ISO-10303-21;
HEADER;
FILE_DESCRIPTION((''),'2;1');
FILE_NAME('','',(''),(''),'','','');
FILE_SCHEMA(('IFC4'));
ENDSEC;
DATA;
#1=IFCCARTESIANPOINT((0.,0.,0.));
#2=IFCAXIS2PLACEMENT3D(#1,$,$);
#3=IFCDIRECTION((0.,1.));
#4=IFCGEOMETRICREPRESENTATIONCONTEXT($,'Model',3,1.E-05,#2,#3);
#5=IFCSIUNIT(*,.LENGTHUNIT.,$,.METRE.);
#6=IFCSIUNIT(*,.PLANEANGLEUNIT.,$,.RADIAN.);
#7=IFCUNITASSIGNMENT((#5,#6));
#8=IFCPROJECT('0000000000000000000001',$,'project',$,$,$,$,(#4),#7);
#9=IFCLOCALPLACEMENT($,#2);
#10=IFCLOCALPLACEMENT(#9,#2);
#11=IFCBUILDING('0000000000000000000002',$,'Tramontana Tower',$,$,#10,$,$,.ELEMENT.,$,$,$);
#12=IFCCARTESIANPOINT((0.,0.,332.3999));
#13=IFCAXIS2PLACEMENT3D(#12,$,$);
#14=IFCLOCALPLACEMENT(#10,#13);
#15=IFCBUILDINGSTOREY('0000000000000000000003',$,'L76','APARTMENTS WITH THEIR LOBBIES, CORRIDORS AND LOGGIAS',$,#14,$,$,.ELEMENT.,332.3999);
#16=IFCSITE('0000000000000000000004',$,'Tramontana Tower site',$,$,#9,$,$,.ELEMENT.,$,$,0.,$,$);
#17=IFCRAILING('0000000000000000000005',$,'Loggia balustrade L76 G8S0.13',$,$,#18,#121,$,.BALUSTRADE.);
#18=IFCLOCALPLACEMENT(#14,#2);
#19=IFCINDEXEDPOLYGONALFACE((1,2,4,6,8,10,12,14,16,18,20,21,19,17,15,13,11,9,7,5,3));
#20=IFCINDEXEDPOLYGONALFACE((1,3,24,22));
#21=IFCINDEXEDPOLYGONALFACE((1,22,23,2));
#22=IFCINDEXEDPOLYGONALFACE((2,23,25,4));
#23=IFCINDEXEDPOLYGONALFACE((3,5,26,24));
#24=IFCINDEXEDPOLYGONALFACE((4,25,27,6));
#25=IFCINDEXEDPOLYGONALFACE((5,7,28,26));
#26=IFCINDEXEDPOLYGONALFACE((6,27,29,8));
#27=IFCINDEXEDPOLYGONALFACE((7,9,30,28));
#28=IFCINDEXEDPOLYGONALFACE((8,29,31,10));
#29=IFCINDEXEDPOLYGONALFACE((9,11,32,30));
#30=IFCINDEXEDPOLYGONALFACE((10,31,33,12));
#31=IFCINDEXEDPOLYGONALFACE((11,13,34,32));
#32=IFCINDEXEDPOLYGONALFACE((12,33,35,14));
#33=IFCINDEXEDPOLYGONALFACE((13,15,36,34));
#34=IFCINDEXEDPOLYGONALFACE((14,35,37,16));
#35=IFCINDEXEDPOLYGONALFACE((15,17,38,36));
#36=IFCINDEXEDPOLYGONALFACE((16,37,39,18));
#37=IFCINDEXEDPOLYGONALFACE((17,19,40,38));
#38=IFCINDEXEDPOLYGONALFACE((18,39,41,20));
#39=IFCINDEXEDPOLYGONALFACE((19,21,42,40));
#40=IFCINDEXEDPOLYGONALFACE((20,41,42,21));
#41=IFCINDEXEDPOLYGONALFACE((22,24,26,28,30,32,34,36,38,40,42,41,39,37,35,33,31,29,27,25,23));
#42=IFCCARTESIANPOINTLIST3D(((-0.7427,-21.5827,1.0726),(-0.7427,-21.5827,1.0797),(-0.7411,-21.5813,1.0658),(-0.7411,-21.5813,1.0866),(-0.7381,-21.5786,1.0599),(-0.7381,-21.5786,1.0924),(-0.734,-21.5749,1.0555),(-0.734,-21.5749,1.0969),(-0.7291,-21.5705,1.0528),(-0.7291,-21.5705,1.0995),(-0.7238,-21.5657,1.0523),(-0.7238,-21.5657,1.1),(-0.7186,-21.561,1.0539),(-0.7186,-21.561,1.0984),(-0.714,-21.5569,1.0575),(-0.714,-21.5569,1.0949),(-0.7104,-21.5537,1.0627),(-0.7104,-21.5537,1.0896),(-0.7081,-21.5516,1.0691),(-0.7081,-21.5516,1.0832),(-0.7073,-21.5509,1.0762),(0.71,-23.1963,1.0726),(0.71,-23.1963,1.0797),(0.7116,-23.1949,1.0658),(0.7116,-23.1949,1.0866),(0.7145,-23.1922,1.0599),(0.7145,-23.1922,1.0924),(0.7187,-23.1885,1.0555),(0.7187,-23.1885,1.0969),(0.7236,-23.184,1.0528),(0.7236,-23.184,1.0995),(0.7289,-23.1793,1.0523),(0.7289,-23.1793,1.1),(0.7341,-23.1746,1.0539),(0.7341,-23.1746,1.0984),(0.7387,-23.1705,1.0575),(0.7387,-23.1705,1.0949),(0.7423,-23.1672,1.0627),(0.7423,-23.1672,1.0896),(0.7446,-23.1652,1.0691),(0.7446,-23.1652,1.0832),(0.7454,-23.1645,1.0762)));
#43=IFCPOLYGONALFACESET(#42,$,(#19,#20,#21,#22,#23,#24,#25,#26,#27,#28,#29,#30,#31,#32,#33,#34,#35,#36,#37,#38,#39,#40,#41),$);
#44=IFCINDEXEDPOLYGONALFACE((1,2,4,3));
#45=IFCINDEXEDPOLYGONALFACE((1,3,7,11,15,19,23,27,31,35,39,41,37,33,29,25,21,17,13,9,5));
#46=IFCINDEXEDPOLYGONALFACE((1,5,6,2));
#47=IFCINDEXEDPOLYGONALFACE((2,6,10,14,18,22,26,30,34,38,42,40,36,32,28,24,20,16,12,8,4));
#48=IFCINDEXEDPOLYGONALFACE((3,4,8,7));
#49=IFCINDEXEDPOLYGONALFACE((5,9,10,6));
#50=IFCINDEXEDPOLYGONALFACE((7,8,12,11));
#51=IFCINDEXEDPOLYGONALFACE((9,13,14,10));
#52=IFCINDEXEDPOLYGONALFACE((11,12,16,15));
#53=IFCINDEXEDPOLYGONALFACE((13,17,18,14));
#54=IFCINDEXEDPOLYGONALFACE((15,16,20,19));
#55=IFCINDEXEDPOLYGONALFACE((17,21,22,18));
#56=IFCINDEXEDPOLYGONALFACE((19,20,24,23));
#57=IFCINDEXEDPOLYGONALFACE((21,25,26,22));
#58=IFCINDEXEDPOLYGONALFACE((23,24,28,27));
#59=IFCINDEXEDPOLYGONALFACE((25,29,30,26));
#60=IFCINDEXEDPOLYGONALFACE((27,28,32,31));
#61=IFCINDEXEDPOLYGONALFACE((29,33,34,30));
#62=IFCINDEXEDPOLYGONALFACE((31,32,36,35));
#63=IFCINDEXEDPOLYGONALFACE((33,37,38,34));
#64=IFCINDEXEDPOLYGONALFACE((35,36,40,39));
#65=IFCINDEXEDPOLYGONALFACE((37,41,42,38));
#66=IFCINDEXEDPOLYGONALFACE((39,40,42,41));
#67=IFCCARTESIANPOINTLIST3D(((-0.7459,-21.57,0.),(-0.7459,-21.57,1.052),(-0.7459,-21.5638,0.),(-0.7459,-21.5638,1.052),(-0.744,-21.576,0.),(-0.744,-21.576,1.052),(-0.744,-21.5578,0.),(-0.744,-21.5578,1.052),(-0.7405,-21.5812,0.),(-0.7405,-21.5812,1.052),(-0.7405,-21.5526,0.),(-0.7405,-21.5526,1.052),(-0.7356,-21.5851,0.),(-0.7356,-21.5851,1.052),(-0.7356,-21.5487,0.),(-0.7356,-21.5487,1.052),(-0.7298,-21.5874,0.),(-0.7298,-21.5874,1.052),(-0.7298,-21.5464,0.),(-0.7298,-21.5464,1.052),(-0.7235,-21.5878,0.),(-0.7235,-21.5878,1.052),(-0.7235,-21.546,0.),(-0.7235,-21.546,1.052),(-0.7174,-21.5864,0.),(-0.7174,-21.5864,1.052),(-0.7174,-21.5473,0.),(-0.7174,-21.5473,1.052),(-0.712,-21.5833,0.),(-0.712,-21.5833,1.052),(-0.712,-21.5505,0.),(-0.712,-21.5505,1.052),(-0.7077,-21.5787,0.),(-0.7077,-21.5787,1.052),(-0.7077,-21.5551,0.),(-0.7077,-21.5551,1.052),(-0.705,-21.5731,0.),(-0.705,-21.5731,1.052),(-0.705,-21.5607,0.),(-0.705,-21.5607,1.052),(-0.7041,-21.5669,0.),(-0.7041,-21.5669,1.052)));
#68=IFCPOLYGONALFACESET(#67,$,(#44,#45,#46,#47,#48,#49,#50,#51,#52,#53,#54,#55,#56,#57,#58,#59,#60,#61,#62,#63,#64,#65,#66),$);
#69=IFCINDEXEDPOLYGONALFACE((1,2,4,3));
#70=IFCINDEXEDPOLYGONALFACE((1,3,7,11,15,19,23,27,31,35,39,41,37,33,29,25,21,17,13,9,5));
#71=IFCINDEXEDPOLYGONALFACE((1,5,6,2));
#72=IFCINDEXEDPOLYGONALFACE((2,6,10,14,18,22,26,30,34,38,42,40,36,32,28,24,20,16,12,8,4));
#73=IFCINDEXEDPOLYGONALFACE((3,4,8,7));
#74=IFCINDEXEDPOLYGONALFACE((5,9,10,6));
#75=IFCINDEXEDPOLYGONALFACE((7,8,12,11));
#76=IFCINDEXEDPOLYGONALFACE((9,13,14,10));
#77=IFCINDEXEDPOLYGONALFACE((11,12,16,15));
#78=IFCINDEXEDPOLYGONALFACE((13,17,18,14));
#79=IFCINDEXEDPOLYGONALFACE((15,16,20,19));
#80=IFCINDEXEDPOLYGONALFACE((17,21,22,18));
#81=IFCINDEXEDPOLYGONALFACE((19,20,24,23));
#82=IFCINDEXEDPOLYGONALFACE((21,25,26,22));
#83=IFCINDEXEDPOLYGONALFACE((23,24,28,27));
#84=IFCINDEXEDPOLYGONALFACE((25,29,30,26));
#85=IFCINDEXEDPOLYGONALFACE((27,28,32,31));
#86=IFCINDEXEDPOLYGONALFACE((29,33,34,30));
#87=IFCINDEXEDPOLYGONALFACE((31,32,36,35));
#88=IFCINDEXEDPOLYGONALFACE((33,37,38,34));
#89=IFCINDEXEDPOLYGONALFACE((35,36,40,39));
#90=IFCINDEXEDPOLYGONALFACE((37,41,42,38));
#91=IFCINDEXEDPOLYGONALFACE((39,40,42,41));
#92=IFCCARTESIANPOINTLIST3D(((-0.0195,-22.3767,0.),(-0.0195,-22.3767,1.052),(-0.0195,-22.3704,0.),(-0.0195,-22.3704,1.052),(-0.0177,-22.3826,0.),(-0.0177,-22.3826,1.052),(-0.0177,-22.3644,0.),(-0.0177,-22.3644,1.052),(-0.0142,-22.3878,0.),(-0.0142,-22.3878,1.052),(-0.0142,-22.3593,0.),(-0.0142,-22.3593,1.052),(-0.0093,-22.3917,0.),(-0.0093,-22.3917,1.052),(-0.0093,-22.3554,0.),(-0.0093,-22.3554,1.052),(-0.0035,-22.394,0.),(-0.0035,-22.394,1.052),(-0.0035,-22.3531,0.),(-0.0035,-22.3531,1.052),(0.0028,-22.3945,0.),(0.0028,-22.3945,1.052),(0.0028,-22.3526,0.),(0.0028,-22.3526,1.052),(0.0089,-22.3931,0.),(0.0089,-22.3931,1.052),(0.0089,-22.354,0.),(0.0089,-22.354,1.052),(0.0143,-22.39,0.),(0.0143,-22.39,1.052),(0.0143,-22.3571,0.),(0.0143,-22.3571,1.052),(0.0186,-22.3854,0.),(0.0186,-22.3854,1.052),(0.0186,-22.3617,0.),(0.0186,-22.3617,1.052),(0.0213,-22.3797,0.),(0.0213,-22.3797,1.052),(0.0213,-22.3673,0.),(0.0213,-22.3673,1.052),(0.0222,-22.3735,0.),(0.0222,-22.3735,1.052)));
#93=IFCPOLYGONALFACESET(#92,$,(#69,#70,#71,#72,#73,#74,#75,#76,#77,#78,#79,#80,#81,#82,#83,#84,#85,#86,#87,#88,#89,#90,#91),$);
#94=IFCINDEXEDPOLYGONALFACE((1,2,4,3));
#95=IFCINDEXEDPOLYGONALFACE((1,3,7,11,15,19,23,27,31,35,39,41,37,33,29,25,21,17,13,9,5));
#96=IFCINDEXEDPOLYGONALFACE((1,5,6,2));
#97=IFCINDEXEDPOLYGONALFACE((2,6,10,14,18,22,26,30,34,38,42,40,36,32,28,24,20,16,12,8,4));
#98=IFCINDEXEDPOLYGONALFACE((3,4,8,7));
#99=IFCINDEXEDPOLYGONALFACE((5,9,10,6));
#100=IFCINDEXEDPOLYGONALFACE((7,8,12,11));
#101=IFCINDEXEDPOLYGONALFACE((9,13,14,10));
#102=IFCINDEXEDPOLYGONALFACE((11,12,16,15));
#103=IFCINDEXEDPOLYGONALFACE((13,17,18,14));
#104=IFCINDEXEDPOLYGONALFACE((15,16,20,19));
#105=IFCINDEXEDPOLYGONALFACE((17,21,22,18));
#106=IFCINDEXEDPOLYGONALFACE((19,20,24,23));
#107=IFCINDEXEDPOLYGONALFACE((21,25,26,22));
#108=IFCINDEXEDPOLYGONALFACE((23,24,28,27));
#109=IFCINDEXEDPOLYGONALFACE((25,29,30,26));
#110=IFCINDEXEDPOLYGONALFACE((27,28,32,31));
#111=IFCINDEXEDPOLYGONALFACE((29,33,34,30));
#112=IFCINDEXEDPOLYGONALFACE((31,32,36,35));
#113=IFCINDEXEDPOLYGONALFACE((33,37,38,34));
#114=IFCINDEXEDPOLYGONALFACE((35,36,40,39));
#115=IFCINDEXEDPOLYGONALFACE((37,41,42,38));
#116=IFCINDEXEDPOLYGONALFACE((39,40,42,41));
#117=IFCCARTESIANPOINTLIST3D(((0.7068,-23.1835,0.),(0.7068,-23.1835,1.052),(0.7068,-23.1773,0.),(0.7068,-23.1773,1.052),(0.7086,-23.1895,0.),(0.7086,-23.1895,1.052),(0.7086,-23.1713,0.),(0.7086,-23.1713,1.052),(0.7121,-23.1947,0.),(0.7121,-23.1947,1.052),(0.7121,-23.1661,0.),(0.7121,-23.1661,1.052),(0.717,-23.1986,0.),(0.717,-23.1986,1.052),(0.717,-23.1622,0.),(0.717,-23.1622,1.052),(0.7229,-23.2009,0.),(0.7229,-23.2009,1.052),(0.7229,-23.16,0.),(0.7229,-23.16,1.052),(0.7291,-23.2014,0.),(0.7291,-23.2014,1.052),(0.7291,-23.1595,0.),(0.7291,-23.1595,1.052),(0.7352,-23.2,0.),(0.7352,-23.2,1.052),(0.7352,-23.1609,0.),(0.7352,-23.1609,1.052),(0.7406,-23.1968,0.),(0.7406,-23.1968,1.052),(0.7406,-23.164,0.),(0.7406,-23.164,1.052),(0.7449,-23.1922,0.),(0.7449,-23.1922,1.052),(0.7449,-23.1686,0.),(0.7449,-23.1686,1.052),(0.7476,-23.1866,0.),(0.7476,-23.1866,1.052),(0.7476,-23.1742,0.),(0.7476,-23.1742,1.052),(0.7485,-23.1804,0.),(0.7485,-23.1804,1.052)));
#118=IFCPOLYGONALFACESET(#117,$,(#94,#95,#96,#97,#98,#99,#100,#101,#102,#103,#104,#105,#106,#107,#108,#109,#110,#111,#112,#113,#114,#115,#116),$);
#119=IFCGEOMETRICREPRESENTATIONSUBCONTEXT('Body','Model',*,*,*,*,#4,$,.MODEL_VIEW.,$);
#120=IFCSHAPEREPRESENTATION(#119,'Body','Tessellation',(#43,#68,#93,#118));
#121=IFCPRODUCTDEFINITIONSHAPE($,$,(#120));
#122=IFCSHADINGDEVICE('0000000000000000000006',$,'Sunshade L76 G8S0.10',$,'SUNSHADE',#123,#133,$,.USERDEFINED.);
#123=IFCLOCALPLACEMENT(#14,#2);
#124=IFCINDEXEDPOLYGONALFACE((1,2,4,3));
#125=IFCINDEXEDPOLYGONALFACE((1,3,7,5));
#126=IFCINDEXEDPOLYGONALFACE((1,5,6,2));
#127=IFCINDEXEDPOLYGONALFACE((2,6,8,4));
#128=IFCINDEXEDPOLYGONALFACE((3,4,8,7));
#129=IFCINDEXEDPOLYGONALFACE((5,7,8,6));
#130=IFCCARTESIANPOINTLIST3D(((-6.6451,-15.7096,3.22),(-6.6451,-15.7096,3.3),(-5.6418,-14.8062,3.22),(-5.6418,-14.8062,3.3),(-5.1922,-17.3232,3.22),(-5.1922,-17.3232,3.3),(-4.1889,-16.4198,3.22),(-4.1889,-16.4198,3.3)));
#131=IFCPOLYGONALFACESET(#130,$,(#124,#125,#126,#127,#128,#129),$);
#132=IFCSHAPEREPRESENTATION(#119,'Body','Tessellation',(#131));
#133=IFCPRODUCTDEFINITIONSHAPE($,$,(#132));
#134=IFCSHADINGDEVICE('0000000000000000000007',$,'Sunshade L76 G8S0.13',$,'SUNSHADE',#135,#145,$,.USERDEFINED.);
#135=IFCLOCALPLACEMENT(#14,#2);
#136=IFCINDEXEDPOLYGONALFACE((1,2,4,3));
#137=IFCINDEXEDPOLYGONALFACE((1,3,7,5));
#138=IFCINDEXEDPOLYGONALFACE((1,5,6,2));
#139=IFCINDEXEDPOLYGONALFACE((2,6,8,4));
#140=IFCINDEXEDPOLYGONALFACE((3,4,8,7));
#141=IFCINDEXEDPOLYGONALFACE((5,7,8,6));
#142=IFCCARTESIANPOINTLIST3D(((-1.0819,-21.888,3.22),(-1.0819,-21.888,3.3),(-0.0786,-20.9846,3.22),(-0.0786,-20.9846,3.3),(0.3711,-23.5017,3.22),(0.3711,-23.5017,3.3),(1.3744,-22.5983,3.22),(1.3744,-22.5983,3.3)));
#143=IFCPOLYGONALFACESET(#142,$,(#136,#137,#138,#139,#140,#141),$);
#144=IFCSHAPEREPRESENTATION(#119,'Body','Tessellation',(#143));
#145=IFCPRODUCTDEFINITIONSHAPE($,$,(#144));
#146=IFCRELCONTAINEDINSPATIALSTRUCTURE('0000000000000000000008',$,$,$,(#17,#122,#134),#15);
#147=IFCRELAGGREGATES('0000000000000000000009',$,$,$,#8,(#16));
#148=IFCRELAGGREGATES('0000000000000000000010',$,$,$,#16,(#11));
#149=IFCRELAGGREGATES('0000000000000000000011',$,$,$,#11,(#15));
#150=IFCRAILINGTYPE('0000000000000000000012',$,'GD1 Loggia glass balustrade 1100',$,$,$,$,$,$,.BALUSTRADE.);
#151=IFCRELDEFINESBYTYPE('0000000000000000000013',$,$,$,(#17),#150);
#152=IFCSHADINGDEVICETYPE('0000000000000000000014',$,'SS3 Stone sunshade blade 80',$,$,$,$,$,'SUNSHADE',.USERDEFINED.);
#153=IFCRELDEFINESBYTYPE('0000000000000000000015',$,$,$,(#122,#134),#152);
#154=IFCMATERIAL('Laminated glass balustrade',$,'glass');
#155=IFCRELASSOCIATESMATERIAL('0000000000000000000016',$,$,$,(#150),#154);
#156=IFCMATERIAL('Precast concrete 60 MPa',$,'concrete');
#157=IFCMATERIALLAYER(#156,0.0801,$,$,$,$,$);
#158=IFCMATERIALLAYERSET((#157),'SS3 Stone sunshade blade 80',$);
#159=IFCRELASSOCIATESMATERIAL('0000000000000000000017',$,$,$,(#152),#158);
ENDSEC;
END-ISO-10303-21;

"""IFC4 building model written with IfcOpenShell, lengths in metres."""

from ifc_helpers import new_model, si_unit, direction, frame, origin, origin_2d, place, context, subcontext, project, spatial, rectangle, circle, extrude, material, layer, layer_set, type_object, element, save


model = new_model("IFC4")

# Units and contexts
model_context = context("Model", 3, precision=1e-05, world=origin(), true_north=direction((0.0, 1.0)))
body_context = subcontext(model_context, "Body", "Model", "MODEL_VIEW")
ifc_project = project(units=[si_unit("LENGTHUNIT", "METRE"), si_unit("PLANEANGLEUNIT", "RADIAN")], contexts=[model_context])

# Site, building, storey
site_placement = place(None, origin())
site = spatial("IfcSite", under=ifc_project, at=site_placement, Name="Tramontana Tower site", CompositionType="ELEMENT", RefElevation=0.0)
building_placement = place(site_placement, origin())
building = spatial("IfcBuilding", under=site, at=building_placement, Name="Tramontana Tower", CompositionType="ELEMENT")
storey_placement = place(building_placement, frame((0.0, 0.0, 332.3999)))
storey = spatial("IfcBuildingStorey", under=building, at=storey_placement, Name="L76", Description="APARTMENTS WITH THEIR LOBBIES, CORRIDORS AND LOGGIAS", CompositionType="ELEMENT", Elevation=332.3999)

# Railing
ifc_material_1 = material(Name="Laminated glass balustrade", Category="glass")
railing_type = type_object("IfcRailingType", Name="GD1 Loggia glass balustrade 1100", PredefinedType="BALUSTRADE", material=ifc_material_1)
railing_1_placement = place(storey_placement, frame((-0.7251, -21.5669, 0.0)))
element("IfcRailing", 1, at=railing_1_placement, inside=storey, type_object=railing_type, Name="Loggia balustrade L76 G8S0.13", PredefinedType="BALUSTRADE", context=body_context, shape_type="SweptSolid", body=[
    extrude(circle(Radius=0.0239, at=origin_2d()), frame((0.0, 0.0, 1.0762), z_axis=(0.669083, -0.743188, 0.0), x_axis=(0.743188, 0.669083, 0.0)), (0.0, 0.0, 1.0), 2.1711),
    extrude(circle(Radius=0.021, at=origin_2d()), origin(), (0.0, 0.0, 1.0), 1.052),
    extrude(circle(Radius=0.021, at=origin_2d()), frame((0.7263, -0.8066, 0.0)), (0.0, 0.0, 1.0), 1.052),
    extrude(circle(Radius=0.021, at=origin_2d()), frame((1.4526, -1.6135, 0.0)), (0.0, 0.0, 1.0), 1.052),
])

# Shading devices
ifc_material_2 = material(Name="Precast concrete 60 MPa", Category="concrete")
ifc_layer_1 = layer(ifc_material_2, 0.0801)
ifc_layer_set_1 = layer_set([ifc_layer_1], Name="SS3 Stone sunshade blade 80")
shading_device_type = type_object("IfcShadingDeviceType", Name="SS3 Stone sunshade blade 80", ElementType="SUNSHADE", PredefinedType="USERDEFINED", material=ifc_layer_set_1)
for number, where, z_axis, x_axis, name in (
    (2, (-5.417, -16.0647, 3.22), (0.0, 0.0, 1.0), (0.669131, -0.743145, 0.0), "Sunshade L76 G8S0.10"),
    (3, (0.1462, -22.2432, 3.22), (0.0, 0.0, 1.0), (0.669131, -0.743145, 0.0), "Sunshade L76 G8S0.13"),
):
    element("IfcShadingDevice", number, at=place(storey_placement, frame(where, z_axis=z_axis, x_axis=x_axis)), inside=storey, type_object=shading_device_type, Name=name, ObjectType="SUNSHADE", PredefinedType="USERDEFINED", context=body_context, shape_type="SweptSolid", body=[
        extrude(rectangle(XDim=2.1714, YDim=1.3501, at=origin_2d()), origin(), (0.0, 0.0, 1.0), 0.0801),
    ])

save(model, "model.ifc")
